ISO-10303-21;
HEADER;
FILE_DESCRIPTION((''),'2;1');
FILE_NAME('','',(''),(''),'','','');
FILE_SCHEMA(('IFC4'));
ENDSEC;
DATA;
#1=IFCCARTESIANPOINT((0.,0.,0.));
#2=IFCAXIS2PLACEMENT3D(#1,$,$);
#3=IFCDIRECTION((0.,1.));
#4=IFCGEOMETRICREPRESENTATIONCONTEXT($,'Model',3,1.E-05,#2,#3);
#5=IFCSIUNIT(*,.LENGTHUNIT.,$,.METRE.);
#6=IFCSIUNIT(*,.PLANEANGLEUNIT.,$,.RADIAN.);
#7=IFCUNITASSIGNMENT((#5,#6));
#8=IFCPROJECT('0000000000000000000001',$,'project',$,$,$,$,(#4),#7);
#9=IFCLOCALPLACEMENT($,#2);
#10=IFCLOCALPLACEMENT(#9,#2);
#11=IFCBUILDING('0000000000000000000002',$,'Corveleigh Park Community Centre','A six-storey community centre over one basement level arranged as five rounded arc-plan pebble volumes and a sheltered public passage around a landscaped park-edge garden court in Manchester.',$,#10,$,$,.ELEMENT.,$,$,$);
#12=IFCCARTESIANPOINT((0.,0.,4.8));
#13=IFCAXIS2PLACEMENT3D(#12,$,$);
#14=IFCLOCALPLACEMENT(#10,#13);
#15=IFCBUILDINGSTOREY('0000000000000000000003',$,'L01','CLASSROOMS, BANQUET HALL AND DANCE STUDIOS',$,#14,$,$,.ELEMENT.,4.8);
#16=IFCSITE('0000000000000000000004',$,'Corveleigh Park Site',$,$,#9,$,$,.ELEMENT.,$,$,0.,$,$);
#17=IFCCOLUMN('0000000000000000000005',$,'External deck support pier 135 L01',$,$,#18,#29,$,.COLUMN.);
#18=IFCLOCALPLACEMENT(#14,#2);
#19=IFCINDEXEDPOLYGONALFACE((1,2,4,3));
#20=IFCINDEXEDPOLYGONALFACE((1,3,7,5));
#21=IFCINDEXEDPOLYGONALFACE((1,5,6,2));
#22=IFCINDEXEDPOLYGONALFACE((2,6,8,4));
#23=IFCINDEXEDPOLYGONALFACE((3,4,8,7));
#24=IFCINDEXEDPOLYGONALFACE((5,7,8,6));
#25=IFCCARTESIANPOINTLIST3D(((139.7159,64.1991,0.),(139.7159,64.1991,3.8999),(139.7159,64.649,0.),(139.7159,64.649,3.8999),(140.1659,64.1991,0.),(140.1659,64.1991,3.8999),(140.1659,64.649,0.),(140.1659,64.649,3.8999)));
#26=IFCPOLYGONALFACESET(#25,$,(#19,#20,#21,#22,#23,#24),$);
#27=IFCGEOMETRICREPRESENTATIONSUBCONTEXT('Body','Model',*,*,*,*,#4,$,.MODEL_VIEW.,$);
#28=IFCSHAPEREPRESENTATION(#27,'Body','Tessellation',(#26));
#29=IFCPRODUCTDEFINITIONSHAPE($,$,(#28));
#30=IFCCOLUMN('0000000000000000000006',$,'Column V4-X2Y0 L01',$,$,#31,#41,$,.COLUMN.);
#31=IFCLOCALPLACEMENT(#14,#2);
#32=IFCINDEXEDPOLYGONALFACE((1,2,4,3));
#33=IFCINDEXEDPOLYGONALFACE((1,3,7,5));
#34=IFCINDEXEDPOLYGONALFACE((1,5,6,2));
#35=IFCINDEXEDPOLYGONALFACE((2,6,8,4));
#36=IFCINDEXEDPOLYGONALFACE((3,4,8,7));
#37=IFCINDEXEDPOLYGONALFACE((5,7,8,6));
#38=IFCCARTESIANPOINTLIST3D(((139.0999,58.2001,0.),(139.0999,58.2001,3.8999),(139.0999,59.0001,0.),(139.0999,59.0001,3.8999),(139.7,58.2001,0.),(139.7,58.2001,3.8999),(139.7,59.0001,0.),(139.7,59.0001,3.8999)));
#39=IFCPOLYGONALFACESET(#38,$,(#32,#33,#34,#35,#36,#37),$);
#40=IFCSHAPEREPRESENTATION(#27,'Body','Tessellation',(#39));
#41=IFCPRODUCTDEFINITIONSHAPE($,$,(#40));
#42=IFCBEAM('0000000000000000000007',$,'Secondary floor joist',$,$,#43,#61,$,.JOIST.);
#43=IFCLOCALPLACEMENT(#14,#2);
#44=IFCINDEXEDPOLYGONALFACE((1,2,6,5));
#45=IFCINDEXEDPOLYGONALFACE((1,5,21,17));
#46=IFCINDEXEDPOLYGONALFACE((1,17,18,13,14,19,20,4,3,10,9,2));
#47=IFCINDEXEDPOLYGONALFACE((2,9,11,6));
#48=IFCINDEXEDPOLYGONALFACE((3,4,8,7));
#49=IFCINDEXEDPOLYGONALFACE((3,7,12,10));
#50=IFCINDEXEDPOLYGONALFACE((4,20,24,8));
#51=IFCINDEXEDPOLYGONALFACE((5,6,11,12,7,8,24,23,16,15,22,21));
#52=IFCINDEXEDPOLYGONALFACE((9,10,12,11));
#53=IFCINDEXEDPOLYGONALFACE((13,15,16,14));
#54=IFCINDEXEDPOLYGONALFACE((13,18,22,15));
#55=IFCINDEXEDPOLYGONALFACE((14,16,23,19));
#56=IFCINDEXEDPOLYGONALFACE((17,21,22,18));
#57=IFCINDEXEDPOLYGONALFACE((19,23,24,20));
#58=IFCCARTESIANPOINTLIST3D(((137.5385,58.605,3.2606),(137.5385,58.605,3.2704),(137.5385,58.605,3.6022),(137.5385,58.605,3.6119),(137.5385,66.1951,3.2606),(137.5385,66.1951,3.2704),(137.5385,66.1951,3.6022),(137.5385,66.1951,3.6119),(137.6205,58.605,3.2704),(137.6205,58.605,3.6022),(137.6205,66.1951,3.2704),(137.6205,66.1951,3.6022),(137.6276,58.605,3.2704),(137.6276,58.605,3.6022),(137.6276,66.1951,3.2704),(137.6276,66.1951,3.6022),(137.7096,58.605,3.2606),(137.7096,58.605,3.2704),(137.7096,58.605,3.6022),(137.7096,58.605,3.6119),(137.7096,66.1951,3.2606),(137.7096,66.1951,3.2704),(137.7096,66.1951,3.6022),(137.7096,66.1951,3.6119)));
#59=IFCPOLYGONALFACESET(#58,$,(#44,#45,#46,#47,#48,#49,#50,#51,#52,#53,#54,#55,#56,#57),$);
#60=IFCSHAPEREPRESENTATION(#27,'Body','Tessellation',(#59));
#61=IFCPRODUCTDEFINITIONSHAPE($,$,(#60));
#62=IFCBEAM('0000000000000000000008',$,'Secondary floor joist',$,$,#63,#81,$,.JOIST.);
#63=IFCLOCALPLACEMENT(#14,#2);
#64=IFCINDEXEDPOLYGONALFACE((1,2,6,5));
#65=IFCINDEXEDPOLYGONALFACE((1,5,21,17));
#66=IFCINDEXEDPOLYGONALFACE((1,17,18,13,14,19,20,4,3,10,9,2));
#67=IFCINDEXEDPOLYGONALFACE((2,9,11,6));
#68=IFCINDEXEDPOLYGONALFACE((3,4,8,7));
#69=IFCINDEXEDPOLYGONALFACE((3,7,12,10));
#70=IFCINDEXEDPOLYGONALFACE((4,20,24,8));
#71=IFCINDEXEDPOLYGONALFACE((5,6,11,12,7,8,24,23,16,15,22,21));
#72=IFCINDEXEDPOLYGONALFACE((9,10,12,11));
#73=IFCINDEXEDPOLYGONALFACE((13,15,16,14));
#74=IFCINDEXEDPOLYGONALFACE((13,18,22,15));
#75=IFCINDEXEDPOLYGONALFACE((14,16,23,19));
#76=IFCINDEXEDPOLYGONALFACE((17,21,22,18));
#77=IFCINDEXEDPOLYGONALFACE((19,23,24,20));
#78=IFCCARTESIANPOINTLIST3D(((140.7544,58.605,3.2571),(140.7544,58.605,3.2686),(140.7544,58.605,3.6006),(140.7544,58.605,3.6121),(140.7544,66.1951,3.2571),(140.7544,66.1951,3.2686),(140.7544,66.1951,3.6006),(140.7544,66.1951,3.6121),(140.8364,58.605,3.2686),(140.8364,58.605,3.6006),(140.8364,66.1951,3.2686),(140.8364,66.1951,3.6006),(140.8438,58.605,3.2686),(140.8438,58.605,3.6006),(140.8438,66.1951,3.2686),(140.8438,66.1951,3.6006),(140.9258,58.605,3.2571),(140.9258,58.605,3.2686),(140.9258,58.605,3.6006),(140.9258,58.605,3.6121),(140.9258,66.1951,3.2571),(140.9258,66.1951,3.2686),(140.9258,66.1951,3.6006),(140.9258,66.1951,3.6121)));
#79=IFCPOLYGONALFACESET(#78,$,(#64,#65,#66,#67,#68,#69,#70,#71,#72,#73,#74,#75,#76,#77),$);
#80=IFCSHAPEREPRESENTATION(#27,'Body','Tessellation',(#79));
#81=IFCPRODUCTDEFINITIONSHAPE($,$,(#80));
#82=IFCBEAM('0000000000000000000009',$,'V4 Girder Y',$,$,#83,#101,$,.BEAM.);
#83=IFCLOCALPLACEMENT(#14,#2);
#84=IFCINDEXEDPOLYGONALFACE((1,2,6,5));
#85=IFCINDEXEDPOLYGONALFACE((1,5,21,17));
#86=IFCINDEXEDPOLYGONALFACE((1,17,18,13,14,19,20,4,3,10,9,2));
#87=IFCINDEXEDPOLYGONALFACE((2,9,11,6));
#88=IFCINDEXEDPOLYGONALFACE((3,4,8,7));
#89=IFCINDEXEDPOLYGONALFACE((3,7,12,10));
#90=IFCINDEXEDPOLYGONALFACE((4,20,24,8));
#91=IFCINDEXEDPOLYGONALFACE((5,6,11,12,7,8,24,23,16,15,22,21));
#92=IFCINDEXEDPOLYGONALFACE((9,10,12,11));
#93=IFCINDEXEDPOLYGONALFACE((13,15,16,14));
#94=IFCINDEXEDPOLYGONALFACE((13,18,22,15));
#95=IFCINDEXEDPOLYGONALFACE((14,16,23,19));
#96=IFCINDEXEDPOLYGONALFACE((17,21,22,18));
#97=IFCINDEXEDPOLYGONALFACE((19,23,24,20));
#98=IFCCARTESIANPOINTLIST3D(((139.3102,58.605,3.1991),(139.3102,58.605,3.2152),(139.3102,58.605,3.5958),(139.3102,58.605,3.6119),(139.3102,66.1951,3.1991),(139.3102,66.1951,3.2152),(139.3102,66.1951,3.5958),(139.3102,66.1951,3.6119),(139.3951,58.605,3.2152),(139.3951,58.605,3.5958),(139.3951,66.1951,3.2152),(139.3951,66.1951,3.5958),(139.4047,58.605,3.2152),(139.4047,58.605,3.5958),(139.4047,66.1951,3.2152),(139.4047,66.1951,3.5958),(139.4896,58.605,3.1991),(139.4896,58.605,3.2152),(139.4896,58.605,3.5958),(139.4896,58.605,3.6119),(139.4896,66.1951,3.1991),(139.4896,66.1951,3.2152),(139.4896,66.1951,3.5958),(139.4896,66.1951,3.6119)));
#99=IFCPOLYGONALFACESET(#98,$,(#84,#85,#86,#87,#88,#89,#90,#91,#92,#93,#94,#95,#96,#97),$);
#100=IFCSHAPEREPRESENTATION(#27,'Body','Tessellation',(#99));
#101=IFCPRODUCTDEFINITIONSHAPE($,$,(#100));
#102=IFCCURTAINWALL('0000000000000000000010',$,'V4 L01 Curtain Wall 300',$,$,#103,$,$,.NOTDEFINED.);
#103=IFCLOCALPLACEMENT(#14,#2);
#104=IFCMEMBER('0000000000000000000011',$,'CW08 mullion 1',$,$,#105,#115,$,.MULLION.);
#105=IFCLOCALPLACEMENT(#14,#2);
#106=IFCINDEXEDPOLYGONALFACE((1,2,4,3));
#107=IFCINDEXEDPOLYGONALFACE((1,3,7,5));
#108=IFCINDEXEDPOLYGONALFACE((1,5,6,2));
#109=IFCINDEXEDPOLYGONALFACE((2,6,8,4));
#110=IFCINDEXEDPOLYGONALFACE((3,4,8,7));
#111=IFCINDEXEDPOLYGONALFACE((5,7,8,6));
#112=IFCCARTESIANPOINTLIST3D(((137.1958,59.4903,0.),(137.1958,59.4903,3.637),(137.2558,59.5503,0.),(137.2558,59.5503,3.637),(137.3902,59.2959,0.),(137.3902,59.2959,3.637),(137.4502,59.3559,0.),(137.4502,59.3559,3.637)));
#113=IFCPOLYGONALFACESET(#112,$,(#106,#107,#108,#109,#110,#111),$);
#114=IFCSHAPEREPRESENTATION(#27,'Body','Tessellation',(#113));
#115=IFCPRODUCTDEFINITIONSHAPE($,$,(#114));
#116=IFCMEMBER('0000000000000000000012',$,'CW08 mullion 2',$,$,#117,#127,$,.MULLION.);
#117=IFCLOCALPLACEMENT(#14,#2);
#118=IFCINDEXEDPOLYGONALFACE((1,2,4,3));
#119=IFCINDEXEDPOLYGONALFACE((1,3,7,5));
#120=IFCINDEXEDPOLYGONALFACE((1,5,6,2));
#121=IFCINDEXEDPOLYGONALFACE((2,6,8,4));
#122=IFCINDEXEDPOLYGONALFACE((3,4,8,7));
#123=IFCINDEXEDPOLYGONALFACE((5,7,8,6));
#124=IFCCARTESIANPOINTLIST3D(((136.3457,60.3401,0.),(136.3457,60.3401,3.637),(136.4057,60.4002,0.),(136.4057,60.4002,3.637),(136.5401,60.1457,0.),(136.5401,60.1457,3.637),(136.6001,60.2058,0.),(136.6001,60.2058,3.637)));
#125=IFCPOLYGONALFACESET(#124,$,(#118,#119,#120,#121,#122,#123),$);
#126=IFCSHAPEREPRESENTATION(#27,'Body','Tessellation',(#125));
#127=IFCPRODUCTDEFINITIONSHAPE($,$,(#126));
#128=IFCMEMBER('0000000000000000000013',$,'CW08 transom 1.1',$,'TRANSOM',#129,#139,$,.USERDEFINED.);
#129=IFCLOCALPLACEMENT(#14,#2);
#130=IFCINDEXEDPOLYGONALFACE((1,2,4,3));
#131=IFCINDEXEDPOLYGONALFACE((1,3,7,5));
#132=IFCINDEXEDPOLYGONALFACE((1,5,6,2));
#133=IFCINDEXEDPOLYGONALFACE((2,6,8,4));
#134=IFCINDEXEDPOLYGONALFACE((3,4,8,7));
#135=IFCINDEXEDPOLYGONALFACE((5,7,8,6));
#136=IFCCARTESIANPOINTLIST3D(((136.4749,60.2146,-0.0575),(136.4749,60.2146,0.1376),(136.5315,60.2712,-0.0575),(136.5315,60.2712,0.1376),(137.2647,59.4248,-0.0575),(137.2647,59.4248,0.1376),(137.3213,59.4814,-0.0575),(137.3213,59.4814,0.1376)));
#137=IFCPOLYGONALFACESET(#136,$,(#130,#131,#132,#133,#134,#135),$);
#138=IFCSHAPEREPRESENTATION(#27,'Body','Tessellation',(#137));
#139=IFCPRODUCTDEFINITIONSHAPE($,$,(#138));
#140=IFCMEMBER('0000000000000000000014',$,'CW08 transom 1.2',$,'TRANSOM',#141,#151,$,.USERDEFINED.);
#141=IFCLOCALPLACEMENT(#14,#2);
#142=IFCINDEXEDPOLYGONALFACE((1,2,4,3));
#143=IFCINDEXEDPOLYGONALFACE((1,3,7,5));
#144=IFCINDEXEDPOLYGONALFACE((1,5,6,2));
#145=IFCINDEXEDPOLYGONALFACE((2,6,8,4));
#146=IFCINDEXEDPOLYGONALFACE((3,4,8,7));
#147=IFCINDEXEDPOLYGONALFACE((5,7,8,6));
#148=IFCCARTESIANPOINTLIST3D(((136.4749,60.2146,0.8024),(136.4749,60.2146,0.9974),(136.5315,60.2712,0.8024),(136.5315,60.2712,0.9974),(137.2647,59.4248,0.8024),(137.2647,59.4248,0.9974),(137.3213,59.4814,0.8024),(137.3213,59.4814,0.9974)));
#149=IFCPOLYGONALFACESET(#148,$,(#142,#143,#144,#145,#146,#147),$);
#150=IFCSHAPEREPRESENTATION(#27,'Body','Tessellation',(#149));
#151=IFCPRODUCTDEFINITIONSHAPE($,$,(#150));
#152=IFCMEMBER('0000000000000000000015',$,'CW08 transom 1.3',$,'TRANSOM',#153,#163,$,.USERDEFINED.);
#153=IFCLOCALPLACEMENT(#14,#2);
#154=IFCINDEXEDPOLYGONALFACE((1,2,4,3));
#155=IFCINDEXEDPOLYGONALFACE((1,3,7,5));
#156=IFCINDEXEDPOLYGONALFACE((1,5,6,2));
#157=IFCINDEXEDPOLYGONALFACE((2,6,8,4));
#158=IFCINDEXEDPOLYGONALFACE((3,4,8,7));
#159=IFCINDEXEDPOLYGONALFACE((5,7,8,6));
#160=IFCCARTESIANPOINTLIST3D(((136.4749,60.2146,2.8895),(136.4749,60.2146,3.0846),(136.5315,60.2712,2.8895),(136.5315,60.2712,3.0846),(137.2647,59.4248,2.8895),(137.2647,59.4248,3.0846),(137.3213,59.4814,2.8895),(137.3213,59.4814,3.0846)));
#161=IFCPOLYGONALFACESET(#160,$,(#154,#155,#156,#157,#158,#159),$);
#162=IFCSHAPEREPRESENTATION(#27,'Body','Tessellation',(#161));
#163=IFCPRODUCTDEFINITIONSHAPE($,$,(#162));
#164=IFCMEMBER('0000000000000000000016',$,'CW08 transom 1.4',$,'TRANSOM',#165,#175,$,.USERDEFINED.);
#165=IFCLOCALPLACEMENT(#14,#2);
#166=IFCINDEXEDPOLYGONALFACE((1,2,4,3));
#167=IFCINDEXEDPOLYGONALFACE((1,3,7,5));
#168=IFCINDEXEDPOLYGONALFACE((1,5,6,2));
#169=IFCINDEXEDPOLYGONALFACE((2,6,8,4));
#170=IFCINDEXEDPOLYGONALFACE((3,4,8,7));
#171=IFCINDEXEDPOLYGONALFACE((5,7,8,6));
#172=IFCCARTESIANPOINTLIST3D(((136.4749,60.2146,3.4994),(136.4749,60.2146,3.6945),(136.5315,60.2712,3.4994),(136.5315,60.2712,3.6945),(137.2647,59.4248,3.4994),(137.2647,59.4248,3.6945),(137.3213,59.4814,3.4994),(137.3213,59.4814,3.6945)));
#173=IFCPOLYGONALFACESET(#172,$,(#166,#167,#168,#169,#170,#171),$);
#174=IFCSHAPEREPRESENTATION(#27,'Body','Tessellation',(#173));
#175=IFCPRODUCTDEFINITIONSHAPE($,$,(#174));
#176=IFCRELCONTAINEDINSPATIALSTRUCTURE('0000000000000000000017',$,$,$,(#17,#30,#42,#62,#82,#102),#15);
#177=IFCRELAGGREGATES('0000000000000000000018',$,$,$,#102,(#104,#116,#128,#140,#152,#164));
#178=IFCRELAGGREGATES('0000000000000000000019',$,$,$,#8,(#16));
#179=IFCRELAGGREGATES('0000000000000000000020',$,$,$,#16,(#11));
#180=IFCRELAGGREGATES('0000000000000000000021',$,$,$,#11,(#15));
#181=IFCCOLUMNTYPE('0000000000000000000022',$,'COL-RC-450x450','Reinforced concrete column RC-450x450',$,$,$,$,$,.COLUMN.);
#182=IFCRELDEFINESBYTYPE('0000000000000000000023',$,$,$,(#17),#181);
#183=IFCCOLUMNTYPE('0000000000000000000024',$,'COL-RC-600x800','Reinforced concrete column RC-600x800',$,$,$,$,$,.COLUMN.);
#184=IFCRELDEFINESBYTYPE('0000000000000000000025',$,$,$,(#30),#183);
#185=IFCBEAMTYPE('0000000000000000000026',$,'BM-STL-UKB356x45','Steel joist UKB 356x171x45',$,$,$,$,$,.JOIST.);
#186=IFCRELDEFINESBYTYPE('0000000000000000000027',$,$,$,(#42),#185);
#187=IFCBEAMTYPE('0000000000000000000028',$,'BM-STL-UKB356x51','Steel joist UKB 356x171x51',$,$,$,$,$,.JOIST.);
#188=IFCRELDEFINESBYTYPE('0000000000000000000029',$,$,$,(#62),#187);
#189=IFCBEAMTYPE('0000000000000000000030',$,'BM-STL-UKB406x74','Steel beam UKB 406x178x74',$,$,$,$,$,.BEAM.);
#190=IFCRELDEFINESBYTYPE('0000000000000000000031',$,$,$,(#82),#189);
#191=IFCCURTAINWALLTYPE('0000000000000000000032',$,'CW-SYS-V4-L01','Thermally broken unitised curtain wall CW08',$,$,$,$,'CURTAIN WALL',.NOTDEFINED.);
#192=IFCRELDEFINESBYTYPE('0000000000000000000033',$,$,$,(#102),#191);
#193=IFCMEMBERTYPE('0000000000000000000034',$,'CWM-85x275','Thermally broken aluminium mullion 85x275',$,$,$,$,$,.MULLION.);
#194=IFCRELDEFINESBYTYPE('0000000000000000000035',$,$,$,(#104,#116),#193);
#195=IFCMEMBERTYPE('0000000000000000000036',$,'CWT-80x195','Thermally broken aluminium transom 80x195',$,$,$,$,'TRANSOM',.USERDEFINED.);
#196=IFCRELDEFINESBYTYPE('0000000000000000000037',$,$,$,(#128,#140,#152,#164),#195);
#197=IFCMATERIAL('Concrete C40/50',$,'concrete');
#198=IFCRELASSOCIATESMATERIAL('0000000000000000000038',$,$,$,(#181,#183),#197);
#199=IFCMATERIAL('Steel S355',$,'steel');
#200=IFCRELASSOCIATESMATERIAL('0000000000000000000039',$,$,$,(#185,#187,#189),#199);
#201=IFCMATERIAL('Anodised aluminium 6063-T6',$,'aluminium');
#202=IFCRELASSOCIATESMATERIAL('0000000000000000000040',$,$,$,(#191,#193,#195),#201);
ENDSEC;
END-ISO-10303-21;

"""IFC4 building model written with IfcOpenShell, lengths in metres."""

from ifc_helpers import new_model, si_unit, direction, frame, origin, origin_2d, place, context, subcontext, project, spatial, rectangle, i_section, extrude, material, material_profile, profile_set, type_object, element, aggregate, save


model = new_model("IFC4")

# Units and contexts
model_context = context("Model", 3, precision=1e-05, world=origin(), true_north=direction((0.0, 1.0)))
body_context = subcontext(model_context, "Body", "Model", "MODEL_VIEW")
ifc_project = project(units=[si_unit("LENGTHUNIT", "METRE"), si_unit("PLANEANGLEUNIT", "RADIAN")], contexts=[model_context])

# Site, building, storey
site_placement = place(None, origin())
site = spatial("IfcSite", under=ifc_project, at=site_placement, Name="Corveleigh Park Site", CompositionType="ELEMENT", RefElevation=0.0)
building_placement = place(site_placement, origin())
building = spatial("IfcBuilding", under=site, at=building_placement, Name="Corveleigh Park Community Centre", Description="A six-storey community centre over one basement level arranged as five rounded arc-plan pebble volumes and a sheltered public passage around a landscaped park-edge garden court in Manchester.", CompositionType="ELEMENT")
storey_placement = place(building_placement, frame((0.0, 0.0, 4.8)))
storey = spatial("IfcBuildingStorey", under=building, at=storey_placement, Name="L01", Description="CLASSROOMS, BANQUET HALL AND DANCE STUDIOS", CompositionType="ELEMENT", Elevation=4.8)

# Columns
ifc_material_1 = material(Name="Concrete C40/50", Category="concrete")
ifc_material_profile_1 = material_profile(ifc_material_1, rectangle(XDim=0.45, YDim=0.45, at=origin_2d()), Name="RC-450x450", Category="concrete")
ifc_profile_set_1 = profile_set([ifc_material_profile_1], Name="Concrete C40/50")
column_type_1 = type_object("IfcColumnType", Name="COL-RC-450x450", Description="Reinforced concrete column RC-450x450", PredefinedType="COLUMN", material=ifc_profile_set_1)
column_1_placement = place(storey_placement, frame((139.9409, 64.4241, 0.0), z_axis=(0.0, 0.0, 1.0), x_axis=(1.0, 0.0, 0.0)))
element("IfcColumn", 1, at=column_1_placement, inside=storey, type_object=column_type_1, Name="External deck support pier 135 L01", PredefinedType="COLUMN", context=body_context, shape_type="SweptSolid", body=[
    extrude(rectangle(XDim=0.45, YDim=0.45, at=origin_2d()), origin(), (0.0, 0.0, 1.0), 3.8999),
])
ifc_material_profile_2 = material_profile(ifc_material_1, rectangle(XDim=0.6001, YDim=0.8, at=origin_2d()), Name="RC-600x800", Category="concrete")
ifc_profile_set_2 = profile_set([ifc_material_profile_2], Name="Concrete C40/50")
column_type_2 = type_object("IfcColumnType", Name="COL-RC-600x800", Description="Reinforced concrete column RC-600x800", PredefinedType="COLUMN", material=ifc_profile_set_2)
column_2_placement = place(storey_placement, frame((139.3999, 58.6001, 0.0), z_axis=(0.0, 0.0, 1.0), x_axis=(1.0, 0.0, 0.0)))
element("IfcColumn", 2, at=column_2_placement, inside=storey, type_object=column_type_2, Name="Column V4-X2Y0 L01", PredefinedType="COLUMN", context=body_context, shape_type="SweptSolid", body=[
    extrude(rectangle(XDim=0.6001, YDim=0.8, at=origin_2d()), origin(), (0.0, 0.0, 1.0), 3.8999),
])

# Beams
ifc_material_2 = material(Name="Steel S355", Category="steel")
ifc_material_profile_3 = material_profile(ifc_material_2, i_section(OverallWidth=0.1711, OverallDepth=0.3513, WebThickness=0.0071, FlangeThickness=0.0098, at=origin_2d()), Name="UKB 356x171x45", Category="steel")
ifc_profile_set_3 = profile_set([ifc_material_profile_3], Name="Steel S355")
beam_type_1 = type_object("IfcBeamType", Name="BM-STL-UKB356x45", Description="Steel joist UKB 356x171x45", PredefinedType="JOIST", material=ifc_profile_set_3)
beam_1_placement = place(storey_placement, frame((137.624, 58.605, 3.4363), z_axis=(0.0, 1.0, 0.0), x_axis=(-1.0, 0.0, 0.0)))
element("IfcBeam", 3, at=beam_1_placement, inside=storey, type_object=beam_type_1, Name="Secondary floor joist", PredefinedType="JOIST", context=body_context, shape_type="SweptSolid", body=[
    extrude(i_section(OverallWidth=0.1711, OverallDepth=0.3513, WebThickness=0.0071, FlangeThickness=0.0098, at=origin_2d()), origin(), (0.0, 0.0, 1.0), 7.5901),
])
ifc_material_profile_4 = material_profile(ifc_material_2, i_section(OverallWidth=0.1714, OverallDepth=0.355, WebThickness=0.0073, FlangeThickness=0.0115, at=origin_2d()), Name="UKB 356x171x51", Category="steel")
ifc_profile_set_4 = profile_set([ifc_material_profile_4], Name="Steel S355")
beam_type_2 = type_object("IfcBeamType", Name="BM-STL-UKB356x51", Description="Steel joist UKB 356x171x51", PredefinedType="JOIST", material=ifc_profile_set_4)
beam_2_placement = place(storey_placement, frame((140.8401, 58.605, 3.4346), z_axis=(0.0, 1.0, 0.0), x_axis=(-1.0, 0.0, 0.0)))
element("IfcBeam", 4, at=beam_2_placement, inside=storey, type_object=beam_type_2, Name="Secondary floor joist", PredefinedType="JOIST", context=body_context, shape_type="SweptSolid", body=[
    extrude(i_section(OverallWidth=0.1714, OverallDepth=0.355, WebThickness=0.0073, FlangeThickness=0.0115, at=origin_2d()), origin(), (0.0, 0.0, 1.0), 7.5901),
])
ifc_material_profile_5 = material_profile(ifc_material_2, i_section(OverallWidth=0.1794, OverallDepth=0.4128, WebThickness=0.0095, FlangeThickness=0.0161, at=origin_2d()), Name="UKB 406x178x74", Category="steel")
ifc_profile_set_5 = profile_set([ifc_material_profile_5], Name="Steel S355")
beam_type_3 = type_object("IfcBeamType", Name="BM-STL-UKB406x74", Description="Steel beam UKB 406x178x74", PredefinedType="BEAM", material=ifc_profile_set_5)
beam_3_placement = place(storey_placement, frame((139.3999, 58.605, 3.4055), z_axis=(0.0, 1.0, 0.0), x_axis=(-1.0, 0.0, 0.0)))
element("IfcBeam", 5, at=beam_3_placement, inside=storey, type_object=beam_type_3, Name="V4 Girder Y", PredefinedType="BEAM", context=body_context, shape_type="SweptSolid", body=[
    extrude(i_section(OverallWidth=0.1794, OverallDepth=0.4128, WebThickness=0.0095, FlangeThickness=0.0161, at=origin_2d()), origin(), (0.0, 0.0, 1.0), 7.5901),
])

# Curtain wall, members
ifc_material_3 = material(Name="Anodised aluminium 6063-T6", Category="aluminium")
curtain_wall_type = type_object("IfcCurtainWallType", Name="CW-SYS-V4-L01", Description="Thermally broken unitised curtain wall CW08", ElementType="CURTAIN WALL", PredefinedType="NOTDEFINED", material=ifc_material_3)
curtain_wall_placement = place(storey_placement, origin())
curtain_wall = element("IfcCurtainWall", 6, at=curtain_wall_placement, inside=storey, type_object=curtain_wall_type, Name="V4 L01 Curtain Wall 300", PredefinedType="NOTDEFINED")
ifc_material_profile_6 = material_profile(ifc_material_3, rectangle(XDim=0.085, YDim=0.2749, at=origin_2d()), Name="ALU-M85x275", Category="aluminium")
ifc_profile_set_6 = profile_set([ifc_material_profile_6], Name="Anodised aluminium 6063-T6")
member_type_1 = type_object("IfcMemberType", Name="CWM-85x275", Description="Thermally broken aluminium mullion 85x275", PredefinedType="MULLION", material=ifc_profile_set_6)
member_1_placement = place(storey_placement, frame((137.323, 59.4231, 0.0), z_axis=(0.0, 0.0, 1.0), x_axis=(-0.707107, -0.707107, 0.0)))
member_1 = element("IfcMember", 7, at=member_1_placement, type_object=member_type_1, Name="CW08 mullion 1", PredefinedType="MULLION", context=body_context, shape_type="SweptSolid", body=[
    extrude(rectangle(XDim=0.085, YDim=0.2749, at=origin_2d()), origin(), (0.0, 0.0, 1.0), 3.637),
])
member_2_placement = place(storey_placement, frame((136.4729, 60.2729, 0.0), z_axis=(0.0, 0.0, 1.0), x_axis=(-0.707107, -0.707107, 0.0)))
member_2 = element("IfcMember", 8, at=member_2_placement, type_object=member_type_1, Name="CW08 mullion 2", PredefinedType="MULLION", context=body_context, shape_type="SweptSolid", body=[
    extrude(rectangle(XDim=0.085, YDim=0.2749, at=origin_2d()), origin(), (0.0, 0.0, 1.0), 3.637),
])
ifc_material_profile_7 = material_profile(ifc_material_3, rectangle(XDim=0.0801, YDim=0.1951, at=origin_2d()), Name="ALU-T80x195", Category="aluminium")
ifc_profile_set_7 = profile_set([ifc_material_profile_7], Name="Anodised aluminium 6063-T6")
member_type_2 = type_object("IfcMemberType", Name="CWT-80x195", Description="Thermally broken aluminium transom 80x195", ElementType="TRANSOM", PredefinedType="USERDEFINED", material=ifc_profile_set_7)
member_3_placement = place(storey_placement, frame((137.293, 59.4531, 0.04), z_axis=(-0.707107, 0.707107, 0.0), x_axis=(-0.707107, -0.707107, 0.0)))
member_3 = element("IfcMember", 9, at=member_3_placement, type_object=member_type_2, Name="CW08 transom 1.1", ObjectType="TRANSOM", PredefinedType="USERDEFINED", context=body_context, shape_type="SweptSolid", body=[
    extrude(rectangle(XDim=0.0801, YDim=0.1951, at=origin_2d()), origin(), (0.0, 0.0, 1.0), 1.1169),
])
member_4_placement = place(storey_placement, frame((137.293, 59.4531, 0.8999), z_axis=(-0.707107, 0.707107, 0.0), x_axis=(-0.707107, -0.707107, 0.0)))
member_4 = element("IfcMember", 10, at=member_4_placement, type_object=member_type_2, Name="CW08 transom 1.2", ObjectType="TRANSOM", PredefinedType="USERDEFINED", context=body_context, shape_type="SweptSolid", body=[
    extrude(rectangle(XDim=0.0801, YDim=0.1951, at=origin_2d()), origin(), (0.0, 0.0, 1.0), 1.1169),
])
member_5_placement = place(storey_placement, frame((137.293, 59.4531, 2.9871), z_axis=(-0.707107, 0.707107, 0.0), x_axis=(-0.707107, -0.707107, 0.0)))
member_5 = element("IfcMember", 11, at=member_5_placement, type_object=member_type_2, Name="CW08 transom 1.3", ObjectType="TRANSOM", PredefinedType="USERDEFINED", context=body_context, shape_type="SweptSolid", body=[
    extrude(rectangle(XDim=0.0801, YDim=0.1951, at=origin_2d()), origin(), (0.0, 0.0, 1.0), 1.1169),
])
member_6_placement = place(storey_placement, frame((137.293, 59.4531, 3.5969), z_axis=(-0.707107, 0.707107, 0.0), x_axis=(-0.707107, -0.707107, 0.0)))
member_6 = element("IfcMember", 12, at=member_6_placement, type_object=member_type_2, Name="CW08 transom 1.4", ObjectType="TRANSOM", PredefinedType="USERDEFINED", context=body_context, shape_type="SweptSolid", body=[
    extrude(rectangle(XDim=0.0801, YDim=0.1951, at=origin_2d()), origin(), (0.0, 0.0, 1.0), 1.1169),
])

aggregate(curtain_wall, [member_1, member_2, member_3, member_4, member_5, member_6])

save(model, "model.ifc")
